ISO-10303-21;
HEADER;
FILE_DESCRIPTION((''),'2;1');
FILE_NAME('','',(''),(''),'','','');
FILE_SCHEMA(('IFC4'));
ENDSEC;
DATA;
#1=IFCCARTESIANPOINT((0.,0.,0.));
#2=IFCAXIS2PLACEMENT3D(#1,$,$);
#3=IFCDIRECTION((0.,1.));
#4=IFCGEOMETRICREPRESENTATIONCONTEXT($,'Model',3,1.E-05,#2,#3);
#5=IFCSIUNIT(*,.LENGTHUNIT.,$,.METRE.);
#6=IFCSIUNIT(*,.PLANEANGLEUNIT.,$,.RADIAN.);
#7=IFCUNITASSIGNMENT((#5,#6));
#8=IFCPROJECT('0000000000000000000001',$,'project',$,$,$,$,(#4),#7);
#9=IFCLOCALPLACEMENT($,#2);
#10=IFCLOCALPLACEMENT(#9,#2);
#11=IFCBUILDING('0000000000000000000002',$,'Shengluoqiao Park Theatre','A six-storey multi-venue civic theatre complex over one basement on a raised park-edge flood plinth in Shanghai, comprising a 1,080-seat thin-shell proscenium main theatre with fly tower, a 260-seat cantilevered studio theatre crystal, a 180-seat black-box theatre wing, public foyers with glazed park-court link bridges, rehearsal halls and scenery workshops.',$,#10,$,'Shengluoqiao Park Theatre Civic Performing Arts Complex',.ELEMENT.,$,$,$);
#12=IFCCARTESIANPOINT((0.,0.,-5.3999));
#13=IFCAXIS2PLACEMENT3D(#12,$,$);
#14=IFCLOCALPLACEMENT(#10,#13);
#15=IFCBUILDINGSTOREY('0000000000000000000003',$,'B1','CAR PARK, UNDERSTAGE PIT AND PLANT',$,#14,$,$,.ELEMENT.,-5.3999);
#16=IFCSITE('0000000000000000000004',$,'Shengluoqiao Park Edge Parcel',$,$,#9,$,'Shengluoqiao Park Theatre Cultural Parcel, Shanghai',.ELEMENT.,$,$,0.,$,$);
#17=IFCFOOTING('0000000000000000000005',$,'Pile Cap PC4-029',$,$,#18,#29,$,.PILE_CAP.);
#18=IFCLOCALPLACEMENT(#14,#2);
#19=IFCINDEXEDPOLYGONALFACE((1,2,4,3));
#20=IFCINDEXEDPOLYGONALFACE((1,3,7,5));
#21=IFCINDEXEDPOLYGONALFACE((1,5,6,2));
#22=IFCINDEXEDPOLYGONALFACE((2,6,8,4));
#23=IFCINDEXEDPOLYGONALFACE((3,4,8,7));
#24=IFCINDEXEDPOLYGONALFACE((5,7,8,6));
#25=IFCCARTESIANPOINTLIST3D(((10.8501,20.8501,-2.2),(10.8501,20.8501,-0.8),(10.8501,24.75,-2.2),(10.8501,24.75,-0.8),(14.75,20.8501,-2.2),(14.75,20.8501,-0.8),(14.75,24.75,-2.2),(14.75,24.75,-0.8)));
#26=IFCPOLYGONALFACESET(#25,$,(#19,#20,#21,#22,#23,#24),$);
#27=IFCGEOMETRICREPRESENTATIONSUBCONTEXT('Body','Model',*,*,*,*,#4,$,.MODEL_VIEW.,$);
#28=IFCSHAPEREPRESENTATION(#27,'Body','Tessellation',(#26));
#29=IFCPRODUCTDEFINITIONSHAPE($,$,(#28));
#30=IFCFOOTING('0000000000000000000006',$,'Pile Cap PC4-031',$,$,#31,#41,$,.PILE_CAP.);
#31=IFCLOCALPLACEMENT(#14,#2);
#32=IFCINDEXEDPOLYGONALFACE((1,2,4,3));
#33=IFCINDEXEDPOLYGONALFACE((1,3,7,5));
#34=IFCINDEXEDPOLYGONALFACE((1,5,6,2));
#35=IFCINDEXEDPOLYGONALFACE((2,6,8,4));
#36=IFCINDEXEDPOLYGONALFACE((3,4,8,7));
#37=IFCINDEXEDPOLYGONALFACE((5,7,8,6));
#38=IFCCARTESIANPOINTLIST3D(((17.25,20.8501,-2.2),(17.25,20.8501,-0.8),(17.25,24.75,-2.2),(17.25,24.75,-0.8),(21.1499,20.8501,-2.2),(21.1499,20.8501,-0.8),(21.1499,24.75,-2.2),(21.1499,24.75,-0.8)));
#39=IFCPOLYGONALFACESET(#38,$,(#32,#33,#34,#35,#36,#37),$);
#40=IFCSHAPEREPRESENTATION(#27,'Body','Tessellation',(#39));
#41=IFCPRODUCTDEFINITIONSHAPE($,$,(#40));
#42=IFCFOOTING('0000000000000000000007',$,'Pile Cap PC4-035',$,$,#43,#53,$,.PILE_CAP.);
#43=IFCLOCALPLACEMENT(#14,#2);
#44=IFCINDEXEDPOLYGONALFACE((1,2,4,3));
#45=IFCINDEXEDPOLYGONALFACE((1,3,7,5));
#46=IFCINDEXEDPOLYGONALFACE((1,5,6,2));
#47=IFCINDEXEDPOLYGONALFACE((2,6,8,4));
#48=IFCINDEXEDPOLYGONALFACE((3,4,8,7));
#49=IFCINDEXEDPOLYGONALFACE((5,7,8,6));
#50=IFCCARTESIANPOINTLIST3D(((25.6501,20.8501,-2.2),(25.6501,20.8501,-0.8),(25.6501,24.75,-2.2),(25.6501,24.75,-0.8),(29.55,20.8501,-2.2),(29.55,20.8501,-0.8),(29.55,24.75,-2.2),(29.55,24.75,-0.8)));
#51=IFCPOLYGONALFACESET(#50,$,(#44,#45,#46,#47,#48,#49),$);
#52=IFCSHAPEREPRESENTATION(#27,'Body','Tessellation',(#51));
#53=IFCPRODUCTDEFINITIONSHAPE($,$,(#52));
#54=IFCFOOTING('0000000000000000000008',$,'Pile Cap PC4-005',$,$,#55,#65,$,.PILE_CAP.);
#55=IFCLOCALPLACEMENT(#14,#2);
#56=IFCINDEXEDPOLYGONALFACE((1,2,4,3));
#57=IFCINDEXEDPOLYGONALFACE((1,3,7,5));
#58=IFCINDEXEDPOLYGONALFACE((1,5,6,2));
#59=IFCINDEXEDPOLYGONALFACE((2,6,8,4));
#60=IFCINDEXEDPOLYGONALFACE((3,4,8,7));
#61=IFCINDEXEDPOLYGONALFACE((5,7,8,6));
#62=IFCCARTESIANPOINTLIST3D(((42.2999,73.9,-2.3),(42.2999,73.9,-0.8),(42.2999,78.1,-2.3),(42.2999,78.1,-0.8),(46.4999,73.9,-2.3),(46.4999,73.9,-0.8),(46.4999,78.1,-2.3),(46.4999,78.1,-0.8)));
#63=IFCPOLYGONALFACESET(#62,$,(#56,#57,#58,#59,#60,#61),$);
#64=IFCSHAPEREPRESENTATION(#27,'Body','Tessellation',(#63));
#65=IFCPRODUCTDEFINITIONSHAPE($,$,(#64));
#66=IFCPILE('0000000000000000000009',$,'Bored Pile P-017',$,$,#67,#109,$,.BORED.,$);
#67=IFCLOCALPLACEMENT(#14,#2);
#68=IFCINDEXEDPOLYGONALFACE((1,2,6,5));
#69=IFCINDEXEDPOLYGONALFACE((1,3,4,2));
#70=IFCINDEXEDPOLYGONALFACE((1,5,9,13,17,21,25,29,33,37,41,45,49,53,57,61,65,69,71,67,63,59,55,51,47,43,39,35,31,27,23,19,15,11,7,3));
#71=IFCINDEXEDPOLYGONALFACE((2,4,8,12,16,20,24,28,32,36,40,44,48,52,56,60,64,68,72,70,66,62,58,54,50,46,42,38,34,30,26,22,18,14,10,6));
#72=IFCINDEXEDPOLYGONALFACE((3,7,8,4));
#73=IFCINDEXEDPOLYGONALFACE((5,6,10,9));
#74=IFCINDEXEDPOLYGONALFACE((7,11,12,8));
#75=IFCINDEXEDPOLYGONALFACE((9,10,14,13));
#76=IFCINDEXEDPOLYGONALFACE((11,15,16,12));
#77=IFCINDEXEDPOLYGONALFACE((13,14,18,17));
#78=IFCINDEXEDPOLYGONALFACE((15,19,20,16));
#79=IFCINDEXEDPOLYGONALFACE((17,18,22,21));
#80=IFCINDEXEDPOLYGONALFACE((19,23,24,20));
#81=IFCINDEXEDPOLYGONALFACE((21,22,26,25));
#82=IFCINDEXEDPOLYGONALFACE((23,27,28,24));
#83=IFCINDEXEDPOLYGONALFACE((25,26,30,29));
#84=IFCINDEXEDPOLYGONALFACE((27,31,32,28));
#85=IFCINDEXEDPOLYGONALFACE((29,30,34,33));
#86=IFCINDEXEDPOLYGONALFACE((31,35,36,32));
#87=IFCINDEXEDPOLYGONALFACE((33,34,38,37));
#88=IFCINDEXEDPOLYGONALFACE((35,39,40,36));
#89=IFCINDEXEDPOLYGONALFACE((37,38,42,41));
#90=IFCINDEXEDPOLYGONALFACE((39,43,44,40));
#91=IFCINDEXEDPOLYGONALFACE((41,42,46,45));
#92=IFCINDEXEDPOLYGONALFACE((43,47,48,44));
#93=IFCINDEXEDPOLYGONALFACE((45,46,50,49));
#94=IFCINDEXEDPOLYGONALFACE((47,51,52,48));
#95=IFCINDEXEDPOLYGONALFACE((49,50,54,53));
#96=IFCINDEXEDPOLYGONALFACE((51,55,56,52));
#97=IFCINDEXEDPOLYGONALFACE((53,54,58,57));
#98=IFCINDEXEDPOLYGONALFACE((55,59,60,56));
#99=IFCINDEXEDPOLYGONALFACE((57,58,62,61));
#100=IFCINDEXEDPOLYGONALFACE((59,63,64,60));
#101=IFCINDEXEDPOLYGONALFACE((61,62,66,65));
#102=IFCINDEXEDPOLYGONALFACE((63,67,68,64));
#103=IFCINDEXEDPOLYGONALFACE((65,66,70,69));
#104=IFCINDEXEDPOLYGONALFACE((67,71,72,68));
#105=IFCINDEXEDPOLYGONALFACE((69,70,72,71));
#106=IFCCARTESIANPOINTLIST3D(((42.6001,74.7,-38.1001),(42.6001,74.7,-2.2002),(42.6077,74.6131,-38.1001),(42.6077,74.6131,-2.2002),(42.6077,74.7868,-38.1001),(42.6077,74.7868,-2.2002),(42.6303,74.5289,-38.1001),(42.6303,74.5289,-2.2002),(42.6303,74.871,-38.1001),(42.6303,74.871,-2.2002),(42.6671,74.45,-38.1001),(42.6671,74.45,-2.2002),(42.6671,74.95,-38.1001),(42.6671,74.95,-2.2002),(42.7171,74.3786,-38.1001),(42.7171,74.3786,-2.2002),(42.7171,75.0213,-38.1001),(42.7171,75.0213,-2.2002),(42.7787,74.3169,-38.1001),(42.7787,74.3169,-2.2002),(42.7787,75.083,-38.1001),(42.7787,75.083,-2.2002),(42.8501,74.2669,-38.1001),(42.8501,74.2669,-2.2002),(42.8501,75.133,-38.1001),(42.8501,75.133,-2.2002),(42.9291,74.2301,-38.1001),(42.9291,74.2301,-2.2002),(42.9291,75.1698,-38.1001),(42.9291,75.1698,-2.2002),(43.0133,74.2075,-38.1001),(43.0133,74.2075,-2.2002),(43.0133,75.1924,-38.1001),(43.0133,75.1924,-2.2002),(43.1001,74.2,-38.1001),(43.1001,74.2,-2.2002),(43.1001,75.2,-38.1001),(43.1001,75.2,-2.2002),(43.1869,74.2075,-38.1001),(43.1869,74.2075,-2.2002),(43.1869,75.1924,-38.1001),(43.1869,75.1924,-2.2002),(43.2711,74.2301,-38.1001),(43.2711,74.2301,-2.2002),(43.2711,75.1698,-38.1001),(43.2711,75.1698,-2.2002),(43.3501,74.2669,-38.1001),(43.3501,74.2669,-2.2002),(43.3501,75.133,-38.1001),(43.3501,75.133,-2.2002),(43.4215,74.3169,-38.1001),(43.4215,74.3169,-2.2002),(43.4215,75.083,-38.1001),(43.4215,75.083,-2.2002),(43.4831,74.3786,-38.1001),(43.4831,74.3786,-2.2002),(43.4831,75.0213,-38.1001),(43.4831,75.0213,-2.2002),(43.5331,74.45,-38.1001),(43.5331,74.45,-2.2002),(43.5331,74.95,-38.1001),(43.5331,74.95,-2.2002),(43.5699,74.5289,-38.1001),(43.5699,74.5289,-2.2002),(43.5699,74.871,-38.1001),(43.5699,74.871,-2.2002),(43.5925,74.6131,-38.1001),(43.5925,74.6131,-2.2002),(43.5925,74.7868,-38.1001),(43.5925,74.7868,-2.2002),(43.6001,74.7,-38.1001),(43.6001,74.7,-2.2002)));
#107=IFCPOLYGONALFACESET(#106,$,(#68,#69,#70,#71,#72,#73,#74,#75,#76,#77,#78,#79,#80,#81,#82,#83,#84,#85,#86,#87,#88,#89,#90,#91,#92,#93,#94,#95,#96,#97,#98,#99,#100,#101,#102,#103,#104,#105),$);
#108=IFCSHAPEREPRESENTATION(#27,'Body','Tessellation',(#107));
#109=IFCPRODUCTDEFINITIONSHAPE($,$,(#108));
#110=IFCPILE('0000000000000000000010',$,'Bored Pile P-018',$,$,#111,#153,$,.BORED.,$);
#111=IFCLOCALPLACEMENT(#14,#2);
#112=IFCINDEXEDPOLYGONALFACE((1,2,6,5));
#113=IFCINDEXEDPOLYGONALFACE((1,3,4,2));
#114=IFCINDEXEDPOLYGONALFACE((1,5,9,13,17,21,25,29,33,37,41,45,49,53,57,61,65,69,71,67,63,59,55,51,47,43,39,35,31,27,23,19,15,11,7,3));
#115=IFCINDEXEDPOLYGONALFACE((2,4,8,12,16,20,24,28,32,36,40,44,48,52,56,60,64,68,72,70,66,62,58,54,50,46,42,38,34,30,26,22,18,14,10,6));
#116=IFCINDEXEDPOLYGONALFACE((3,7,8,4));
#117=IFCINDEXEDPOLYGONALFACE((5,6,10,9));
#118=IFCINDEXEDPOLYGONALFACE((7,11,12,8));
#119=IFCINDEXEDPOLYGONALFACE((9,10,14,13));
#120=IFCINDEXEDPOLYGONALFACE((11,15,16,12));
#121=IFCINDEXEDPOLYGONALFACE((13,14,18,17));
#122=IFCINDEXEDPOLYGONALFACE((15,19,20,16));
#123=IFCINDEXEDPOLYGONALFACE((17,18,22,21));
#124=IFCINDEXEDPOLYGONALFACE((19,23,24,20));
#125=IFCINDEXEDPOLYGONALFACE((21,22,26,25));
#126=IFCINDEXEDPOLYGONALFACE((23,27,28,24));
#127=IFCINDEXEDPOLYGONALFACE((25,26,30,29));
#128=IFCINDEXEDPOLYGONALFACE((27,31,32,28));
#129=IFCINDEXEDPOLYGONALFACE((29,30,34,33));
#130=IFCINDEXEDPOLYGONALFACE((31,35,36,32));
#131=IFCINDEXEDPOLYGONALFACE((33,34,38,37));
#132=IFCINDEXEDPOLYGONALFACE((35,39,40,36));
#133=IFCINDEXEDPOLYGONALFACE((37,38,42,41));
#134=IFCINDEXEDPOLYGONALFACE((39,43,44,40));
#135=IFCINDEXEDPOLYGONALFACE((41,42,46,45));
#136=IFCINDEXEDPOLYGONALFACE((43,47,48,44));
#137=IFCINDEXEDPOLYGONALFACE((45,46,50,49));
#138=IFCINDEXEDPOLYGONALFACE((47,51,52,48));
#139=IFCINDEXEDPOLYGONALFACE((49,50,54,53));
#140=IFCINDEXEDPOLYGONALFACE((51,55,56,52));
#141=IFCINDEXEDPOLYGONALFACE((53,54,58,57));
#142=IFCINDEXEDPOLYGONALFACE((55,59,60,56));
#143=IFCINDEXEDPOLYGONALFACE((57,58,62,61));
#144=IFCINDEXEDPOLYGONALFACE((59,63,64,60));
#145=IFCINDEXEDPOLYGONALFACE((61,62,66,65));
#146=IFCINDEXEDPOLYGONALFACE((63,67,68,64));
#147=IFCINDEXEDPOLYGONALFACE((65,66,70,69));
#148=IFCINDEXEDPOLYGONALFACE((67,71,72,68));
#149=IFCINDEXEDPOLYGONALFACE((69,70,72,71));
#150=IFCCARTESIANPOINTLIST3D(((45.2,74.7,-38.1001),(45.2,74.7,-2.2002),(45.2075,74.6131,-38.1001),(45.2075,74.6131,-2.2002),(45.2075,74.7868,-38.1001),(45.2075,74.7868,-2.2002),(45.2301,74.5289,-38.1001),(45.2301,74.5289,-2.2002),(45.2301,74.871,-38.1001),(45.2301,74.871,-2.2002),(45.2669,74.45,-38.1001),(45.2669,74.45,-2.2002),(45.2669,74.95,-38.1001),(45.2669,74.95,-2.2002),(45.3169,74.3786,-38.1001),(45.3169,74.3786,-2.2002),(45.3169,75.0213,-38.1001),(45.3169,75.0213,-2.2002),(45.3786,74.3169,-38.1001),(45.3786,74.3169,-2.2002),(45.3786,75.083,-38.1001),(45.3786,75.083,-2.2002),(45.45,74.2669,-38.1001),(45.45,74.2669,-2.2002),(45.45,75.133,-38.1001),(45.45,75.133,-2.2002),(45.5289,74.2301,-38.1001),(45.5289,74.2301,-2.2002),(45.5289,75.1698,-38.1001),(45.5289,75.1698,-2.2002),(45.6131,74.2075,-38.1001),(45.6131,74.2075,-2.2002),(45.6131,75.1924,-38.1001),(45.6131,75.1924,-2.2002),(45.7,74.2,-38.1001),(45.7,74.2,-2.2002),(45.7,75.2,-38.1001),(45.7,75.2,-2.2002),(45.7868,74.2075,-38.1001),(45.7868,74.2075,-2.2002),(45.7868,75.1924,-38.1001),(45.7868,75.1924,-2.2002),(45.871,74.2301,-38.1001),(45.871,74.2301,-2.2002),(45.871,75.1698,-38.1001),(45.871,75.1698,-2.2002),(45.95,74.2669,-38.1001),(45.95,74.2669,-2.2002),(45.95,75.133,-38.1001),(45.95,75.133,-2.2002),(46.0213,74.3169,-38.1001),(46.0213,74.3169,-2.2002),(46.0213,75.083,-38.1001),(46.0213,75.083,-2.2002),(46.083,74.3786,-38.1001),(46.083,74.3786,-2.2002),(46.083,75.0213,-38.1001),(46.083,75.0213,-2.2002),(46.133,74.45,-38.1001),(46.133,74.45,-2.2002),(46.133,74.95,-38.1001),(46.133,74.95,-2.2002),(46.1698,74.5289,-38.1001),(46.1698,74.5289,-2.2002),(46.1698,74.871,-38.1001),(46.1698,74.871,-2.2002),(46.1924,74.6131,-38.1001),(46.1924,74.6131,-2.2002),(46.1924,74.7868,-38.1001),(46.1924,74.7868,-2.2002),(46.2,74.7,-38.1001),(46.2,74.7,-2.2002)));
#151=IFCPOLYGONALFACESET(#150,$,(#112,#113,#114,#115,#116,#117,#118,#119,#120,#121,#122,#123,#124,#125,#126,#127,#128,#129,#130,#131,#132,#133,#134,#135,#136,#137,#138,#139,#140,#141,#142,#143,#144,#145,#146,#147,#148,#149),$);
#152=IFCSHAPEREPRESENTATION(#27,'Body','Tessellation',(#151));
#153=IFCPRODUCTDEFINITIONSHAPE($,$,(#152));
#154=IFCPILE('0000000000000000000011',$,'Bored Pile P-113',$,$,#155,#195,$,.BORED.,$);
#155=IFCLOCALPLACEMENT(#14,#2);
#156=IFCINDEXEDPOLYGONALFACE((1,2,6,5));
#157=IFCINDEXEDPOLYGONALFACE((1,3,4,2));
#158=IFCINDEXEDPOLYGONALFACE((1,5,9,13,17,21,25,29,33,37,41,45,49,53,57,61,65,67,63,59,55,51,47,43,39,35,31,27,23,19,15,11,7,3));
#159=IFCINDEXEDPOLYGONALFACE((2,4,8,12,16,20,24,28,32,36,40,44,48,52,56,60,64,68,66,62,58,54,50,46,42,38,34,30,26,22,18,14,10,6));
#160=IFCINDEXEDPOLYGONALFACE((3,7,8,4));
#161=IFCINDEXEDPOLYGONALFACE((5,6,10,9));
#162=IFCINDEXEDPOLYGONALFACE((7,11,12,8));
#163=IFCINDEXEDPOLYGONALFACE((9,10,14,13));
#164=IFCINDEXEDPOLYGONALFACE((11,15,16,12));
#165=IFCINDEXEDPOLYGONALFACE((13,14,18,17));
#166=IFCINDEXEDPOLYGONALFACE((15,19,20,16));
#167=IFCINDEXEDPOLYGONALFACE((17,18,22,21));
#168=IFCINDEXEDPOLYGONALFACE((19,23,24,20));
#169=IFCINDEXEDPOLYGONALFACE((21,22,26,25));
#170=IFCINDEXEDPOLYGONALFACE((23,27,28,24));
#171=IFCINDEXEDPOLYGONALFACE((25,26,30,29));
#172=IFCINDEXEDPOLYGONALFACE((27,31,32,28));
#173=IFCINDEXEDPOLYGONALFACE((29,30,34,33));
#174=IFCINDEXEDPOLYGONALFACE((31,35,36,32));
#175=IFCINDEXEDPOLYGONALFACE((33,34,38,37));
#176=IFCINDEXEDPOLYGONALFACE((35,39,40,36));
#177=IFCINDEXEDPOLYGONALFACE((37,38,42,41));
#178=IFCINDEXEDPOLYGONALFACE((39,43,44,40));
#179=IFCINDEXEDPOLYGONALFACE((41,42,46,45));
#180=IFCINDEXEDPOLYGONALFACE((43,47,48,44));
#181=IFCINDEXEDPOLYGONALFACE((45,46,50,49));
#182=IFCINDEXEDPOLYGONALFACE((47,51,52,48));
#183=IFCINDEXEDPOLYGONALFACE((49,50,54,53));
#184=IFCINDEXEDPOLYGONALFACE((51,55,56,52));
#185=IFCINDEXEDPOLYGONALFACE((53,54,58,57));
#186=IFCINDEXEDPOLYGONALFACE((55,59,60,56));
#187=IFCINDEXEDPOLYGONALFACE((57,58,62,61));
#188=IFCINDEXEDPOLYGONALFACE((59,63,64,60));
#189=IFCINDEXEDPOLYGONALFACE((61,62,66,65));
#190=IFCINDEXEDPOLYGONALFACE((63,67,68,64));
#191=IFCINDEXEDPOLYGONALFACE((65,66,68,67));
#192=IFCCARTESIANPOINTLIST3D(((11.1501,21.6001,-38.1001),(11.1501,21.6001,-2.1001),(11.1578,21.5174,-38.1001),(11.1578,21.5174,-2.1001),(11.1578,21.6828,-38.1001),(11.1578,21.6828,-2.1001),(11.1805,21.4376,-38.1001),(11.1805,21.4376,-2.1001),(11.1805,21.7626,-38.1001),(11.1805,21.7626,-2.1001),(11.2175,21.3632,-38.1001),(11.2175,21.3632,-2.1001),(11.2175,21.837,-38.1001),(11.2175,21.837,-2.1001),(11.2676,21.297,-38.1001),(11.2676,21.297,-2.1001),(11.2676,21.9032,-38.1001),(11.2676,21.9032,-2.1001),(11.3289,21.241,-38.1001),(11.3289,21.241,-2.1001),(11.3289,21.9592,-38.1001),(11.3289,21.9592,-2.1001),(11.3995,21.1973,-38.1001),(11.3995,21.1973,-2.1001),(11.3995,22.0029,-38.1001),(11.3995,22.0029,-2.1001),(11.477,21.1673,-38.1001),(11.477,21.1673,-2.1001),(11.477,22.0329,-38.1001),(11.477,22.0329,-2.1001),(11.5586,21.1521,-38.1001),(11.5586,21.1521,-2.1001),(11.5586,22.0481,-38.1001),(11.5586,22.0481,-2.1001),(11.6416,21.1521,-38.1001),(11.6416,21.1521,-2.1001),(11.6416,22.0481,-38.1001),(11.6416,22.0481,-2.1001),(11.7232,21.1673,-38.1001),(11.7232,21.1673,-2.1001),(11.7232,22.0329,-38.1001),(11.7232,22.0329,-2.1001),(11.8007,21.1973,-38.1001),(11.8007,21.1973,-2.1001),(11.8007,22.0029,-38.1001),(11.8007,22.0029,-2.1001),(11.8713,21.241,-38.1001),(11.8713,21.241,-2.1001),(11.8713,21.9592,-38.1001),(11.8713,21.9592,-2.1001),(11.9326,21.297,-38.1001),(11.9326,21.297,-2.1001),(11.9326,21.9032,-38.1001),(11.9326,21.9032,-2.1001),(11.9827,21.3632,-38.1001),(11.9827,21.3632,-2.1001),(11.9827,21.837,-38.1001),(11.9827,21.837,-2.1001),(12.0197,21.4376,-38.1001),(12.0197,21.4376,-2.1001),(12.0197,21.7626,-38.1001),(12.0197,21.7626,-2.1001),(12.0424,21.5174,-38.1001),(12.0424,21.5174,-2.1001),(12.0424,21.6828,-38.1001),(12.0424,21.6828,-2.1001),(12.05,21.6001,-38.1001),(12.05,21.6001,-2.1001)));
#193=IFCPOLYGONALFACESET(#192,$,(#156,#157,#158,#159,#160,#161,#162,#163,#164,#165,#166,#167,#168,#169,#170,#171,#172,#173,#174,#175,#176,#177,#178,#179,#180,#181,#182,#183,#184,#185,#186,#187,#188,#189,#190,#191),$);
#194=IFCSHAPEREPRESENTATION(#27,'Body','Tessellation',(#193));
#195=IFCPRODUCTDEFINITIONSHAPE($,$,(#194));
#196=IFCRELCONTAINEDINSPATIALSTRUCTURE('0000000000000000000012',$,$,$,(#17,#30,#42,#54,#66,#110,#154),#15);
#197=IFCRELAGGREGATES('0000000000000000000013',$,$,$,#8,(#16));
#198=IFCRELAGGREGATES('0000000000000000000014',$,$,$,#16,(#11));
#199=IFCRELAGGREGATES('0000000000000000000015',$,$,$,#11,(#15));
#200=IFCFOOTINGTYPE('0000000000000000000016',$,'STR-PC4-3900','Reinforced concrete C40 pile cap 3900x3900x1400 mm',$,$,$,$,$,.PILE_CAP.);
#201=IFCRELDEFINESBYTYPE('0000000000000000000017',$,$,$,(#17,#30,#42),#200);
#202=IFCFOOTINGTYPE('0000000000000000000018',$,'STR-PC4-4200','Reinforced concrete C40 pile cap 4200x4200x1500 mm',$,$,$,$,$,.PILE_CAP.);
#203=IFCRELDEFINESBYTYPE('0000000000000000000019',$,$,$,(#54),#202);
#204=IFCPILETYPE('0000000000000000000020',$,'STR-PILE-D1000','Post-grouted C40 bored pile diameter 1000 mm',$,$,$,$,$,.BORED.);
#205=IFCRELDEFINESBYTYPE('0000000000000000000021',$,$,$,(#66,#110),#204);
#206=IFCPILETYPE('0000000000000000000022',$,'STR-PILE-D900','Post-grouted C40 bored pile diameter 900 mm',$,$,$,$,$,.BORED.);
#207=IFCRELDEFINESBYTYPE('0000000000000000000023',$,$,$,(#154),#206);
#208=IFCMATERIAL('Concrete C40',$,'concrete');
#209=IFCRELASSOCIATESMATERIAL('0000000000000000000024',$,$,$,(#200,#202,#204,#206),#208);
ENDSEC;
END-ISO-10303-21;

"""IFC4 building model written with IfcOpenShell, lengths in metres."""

from ifc_helpers import new_model, si_unit, direction, frame, origin, origin_2d, place, context, subcontext, project, spatial, rectangle, circle, extrude, material, material_profile, profile_set, type_object, element, save


model = new_model("IFC4")

# Units and contexts
model_context = context("Model", 3, precision=1e-05, world=origin(), true_north=direction((0.0, 1.0)))
body_context = subcontext(model_context, "Body", "Model", "MODEL_VIEW")
ifc_project = project(units=[si_unit("LENGTHUNIT", "METRE"), si_unit("PLANEANGLEUNIT", "RADIAN")], contexts=[model_context])

# Site, building, storey
site_placement = place(None, origin())
site = spatial("IfcSite", under=ifc_project, at=site_placement, Name="Shengluoqiao Park Edge Parcel", LongName="Shengluoqiao Park Theatre Cultural Parcel, Shanghai", CompositionType="ELEMENT", RefElevation=0.0)
building_placement = place(site_placement, origin())
building = spatial("IfcBuilding", under=site, at=building_placement, Name="Shengluoqiao Park Theatre", Description="A six-storey multi-venue civic theatre complex over one basement on a raised park-edge flood plinth in Shanghai, comprising a 1,080-seat thin-shell proscenium main theatre with fly tower, a 260-seat cantilevered studio theatre crystal, a 180-seat black-box theatre wing, public foyers with glazed park-court link bridges, rehearsal halls and scenery workshops.", LongName="Shengluoqiao Park Theatre Civic Performing Arts Complex", CompositionType="ELEMENT")
storey_placement = place(building_placement, frame((0.0, 0.0, -5.3999)))
storey = spatial("IfcBuildingStorey", under=building, at=storey_placement, Name="B1", Description="CAR PARK, UNDERSTAGE PIT AND PLANT", CompositionType="ELEMENT", Elevation=-5.3999)

# Footings
ifc_material_1 = material(Name="Concrete C40", Category="concrete")
footing_type_1 = type_object("IfcFootingType", Name="STR-PC4-3900", Description="Reinforced concrete C40 pile cap 3900x3900x1400 mm", PredefinedType="PILE_CAP", material=ifc_material_1)
for number, where, z_axis, x_axis, name in (
    (1, (12.8, 22.8, -2.2), (0.0, 0.0, 1.0), (1.0, 0.0, 0.0), "Pile Cap PC4-029"),
    (2, (19.2, 22.8, -2.2), (0.0, 0.0, 1.0), (1.0, 0.0, 0.0), "Pile Cap PC4-031"),
    (3, (27.6001, 22.8, -2.2), (0.0, 0.0, 1.0), (1.0, 0.0, 0.0), "Pile Cap PC4-035"),
):
    element("IfcFooting", number, at=place(storey_placement, frame(where, z_axis=z_axis, x_axis=x_axis)), inside=storey, type_object=footing_type_1, Name=name, PredefinedType="PILE_CAP", context=body_context, shape_type="SweptSolid", body=[
        extrude(rectangle(XDim=3.8999, YDim=3.8999, at=origin_2d()), origin(), (0.0, 0.0, 1.0), 1.3999),
    ])
footing_type_2 = type_object("IfcFootingType", Name="STR-PC4-4200", Description="Reinforced concrete C40 pile cap 4200x4200x1500 mm", PredefinedType="PILE_CAP", material=ifc_material_1)
footing_placement = place(storey_placement, frame((44.3999, 76.0, -2.3), z_axis=(0.0, 0.0, 1.0), x_axis=(1.0, 0.0, 0.0)))
element("IfcFooting", 4, at=footing_placement, inside=storey, type_object=footing_type_2, Name="Pile Cap PC4-005", PredefinedType="PILE_CAP", context=body_context, shape_type="SweptSolid", body=[
    extrude(rectangle(XDim=4.2, YDim=4.2, at=origin_2d()), origin(), (0.0, 0.0, 1.0), 1.5),
])

# Piles
ifc_material_profile_1 = material_profile(ifc_material_1, circle(Radius=0.5, at=origin_2d()), Name="BORED PILE D1000")
ifc_profile_set_1 = profile_set([ifc_material_profile_1], Name="Concrete C40")
pile_type_1 = type_object("IfcPileType", Name="STR-PILE-D1000", Description="Post-grouted C40 bored pile diameter 1000 mm", PredefinedType="BORED", material=ifc_profile_set_1)
for number, where, z_axis, x_axis, name in (
    (5, (43.1001, 74.7, -2.2002), (0.0, 0.0, -1.0), (1.0, 0.0, 0.0), "Bored Pile P-017"),
    (6, (45.7, 74.7, -2.2002), (0.0, 0.0, -1.0), (1.0, 0.0, 0.0), "Bored Pile P-018"),
):
    element("IfcPile", number, at=place(storey_placement, frame(where, z_axis=z_axis, x_axis=x_axis)), inside=storey, type_object=pile_type_1, Name=name, PredefinedType="BORED", context=body_context, shape_type="SweptSolid", body=[
        extrude(circle(Radius=0.5, at=origin_2d()), origin(), (0.0, 0.0, 1.0), 35.8999),
    ])
ifc_material_profile_2 = material_profile(ifc_material_1, circle(Radius=0.45, at=origin_2d()), Name="BORED PILE D900")
ifc_profile_set_2 = profile_set([ifc_material_profile_2], Name="Concrete C40")
pile_type_2 = type_object("IfcPileType", Name="STR-PILE-D900", Description="Post-grouted C40 bored pile diameter 900 mm", PredefinedType="BORED", material=ifc_profile_set_2)
for number, where, z_axis, x_axis, name in (
    (7, (11.6001, 21.6001, -2.1001), (0.0, 0.0, -1.0), (1.0, 0.0, 0.0), "Bored Pile P-113"),
):
    element("IfcPile", number, at=place(storey_placement, frame(where, z_axis=z_axis, x_axis=x_axis)), inside=storey, type_object=pile_type_2, Name=name, PredefinedType="BORED", context=body_context, shape_type="SweptSolid", body=[
        extrude(circle(Radius=0.45, at=origin_2d()), origin(), (0.0, 0.0, 1.0), 36.0),
    ])

save(model, "model.ifc")
